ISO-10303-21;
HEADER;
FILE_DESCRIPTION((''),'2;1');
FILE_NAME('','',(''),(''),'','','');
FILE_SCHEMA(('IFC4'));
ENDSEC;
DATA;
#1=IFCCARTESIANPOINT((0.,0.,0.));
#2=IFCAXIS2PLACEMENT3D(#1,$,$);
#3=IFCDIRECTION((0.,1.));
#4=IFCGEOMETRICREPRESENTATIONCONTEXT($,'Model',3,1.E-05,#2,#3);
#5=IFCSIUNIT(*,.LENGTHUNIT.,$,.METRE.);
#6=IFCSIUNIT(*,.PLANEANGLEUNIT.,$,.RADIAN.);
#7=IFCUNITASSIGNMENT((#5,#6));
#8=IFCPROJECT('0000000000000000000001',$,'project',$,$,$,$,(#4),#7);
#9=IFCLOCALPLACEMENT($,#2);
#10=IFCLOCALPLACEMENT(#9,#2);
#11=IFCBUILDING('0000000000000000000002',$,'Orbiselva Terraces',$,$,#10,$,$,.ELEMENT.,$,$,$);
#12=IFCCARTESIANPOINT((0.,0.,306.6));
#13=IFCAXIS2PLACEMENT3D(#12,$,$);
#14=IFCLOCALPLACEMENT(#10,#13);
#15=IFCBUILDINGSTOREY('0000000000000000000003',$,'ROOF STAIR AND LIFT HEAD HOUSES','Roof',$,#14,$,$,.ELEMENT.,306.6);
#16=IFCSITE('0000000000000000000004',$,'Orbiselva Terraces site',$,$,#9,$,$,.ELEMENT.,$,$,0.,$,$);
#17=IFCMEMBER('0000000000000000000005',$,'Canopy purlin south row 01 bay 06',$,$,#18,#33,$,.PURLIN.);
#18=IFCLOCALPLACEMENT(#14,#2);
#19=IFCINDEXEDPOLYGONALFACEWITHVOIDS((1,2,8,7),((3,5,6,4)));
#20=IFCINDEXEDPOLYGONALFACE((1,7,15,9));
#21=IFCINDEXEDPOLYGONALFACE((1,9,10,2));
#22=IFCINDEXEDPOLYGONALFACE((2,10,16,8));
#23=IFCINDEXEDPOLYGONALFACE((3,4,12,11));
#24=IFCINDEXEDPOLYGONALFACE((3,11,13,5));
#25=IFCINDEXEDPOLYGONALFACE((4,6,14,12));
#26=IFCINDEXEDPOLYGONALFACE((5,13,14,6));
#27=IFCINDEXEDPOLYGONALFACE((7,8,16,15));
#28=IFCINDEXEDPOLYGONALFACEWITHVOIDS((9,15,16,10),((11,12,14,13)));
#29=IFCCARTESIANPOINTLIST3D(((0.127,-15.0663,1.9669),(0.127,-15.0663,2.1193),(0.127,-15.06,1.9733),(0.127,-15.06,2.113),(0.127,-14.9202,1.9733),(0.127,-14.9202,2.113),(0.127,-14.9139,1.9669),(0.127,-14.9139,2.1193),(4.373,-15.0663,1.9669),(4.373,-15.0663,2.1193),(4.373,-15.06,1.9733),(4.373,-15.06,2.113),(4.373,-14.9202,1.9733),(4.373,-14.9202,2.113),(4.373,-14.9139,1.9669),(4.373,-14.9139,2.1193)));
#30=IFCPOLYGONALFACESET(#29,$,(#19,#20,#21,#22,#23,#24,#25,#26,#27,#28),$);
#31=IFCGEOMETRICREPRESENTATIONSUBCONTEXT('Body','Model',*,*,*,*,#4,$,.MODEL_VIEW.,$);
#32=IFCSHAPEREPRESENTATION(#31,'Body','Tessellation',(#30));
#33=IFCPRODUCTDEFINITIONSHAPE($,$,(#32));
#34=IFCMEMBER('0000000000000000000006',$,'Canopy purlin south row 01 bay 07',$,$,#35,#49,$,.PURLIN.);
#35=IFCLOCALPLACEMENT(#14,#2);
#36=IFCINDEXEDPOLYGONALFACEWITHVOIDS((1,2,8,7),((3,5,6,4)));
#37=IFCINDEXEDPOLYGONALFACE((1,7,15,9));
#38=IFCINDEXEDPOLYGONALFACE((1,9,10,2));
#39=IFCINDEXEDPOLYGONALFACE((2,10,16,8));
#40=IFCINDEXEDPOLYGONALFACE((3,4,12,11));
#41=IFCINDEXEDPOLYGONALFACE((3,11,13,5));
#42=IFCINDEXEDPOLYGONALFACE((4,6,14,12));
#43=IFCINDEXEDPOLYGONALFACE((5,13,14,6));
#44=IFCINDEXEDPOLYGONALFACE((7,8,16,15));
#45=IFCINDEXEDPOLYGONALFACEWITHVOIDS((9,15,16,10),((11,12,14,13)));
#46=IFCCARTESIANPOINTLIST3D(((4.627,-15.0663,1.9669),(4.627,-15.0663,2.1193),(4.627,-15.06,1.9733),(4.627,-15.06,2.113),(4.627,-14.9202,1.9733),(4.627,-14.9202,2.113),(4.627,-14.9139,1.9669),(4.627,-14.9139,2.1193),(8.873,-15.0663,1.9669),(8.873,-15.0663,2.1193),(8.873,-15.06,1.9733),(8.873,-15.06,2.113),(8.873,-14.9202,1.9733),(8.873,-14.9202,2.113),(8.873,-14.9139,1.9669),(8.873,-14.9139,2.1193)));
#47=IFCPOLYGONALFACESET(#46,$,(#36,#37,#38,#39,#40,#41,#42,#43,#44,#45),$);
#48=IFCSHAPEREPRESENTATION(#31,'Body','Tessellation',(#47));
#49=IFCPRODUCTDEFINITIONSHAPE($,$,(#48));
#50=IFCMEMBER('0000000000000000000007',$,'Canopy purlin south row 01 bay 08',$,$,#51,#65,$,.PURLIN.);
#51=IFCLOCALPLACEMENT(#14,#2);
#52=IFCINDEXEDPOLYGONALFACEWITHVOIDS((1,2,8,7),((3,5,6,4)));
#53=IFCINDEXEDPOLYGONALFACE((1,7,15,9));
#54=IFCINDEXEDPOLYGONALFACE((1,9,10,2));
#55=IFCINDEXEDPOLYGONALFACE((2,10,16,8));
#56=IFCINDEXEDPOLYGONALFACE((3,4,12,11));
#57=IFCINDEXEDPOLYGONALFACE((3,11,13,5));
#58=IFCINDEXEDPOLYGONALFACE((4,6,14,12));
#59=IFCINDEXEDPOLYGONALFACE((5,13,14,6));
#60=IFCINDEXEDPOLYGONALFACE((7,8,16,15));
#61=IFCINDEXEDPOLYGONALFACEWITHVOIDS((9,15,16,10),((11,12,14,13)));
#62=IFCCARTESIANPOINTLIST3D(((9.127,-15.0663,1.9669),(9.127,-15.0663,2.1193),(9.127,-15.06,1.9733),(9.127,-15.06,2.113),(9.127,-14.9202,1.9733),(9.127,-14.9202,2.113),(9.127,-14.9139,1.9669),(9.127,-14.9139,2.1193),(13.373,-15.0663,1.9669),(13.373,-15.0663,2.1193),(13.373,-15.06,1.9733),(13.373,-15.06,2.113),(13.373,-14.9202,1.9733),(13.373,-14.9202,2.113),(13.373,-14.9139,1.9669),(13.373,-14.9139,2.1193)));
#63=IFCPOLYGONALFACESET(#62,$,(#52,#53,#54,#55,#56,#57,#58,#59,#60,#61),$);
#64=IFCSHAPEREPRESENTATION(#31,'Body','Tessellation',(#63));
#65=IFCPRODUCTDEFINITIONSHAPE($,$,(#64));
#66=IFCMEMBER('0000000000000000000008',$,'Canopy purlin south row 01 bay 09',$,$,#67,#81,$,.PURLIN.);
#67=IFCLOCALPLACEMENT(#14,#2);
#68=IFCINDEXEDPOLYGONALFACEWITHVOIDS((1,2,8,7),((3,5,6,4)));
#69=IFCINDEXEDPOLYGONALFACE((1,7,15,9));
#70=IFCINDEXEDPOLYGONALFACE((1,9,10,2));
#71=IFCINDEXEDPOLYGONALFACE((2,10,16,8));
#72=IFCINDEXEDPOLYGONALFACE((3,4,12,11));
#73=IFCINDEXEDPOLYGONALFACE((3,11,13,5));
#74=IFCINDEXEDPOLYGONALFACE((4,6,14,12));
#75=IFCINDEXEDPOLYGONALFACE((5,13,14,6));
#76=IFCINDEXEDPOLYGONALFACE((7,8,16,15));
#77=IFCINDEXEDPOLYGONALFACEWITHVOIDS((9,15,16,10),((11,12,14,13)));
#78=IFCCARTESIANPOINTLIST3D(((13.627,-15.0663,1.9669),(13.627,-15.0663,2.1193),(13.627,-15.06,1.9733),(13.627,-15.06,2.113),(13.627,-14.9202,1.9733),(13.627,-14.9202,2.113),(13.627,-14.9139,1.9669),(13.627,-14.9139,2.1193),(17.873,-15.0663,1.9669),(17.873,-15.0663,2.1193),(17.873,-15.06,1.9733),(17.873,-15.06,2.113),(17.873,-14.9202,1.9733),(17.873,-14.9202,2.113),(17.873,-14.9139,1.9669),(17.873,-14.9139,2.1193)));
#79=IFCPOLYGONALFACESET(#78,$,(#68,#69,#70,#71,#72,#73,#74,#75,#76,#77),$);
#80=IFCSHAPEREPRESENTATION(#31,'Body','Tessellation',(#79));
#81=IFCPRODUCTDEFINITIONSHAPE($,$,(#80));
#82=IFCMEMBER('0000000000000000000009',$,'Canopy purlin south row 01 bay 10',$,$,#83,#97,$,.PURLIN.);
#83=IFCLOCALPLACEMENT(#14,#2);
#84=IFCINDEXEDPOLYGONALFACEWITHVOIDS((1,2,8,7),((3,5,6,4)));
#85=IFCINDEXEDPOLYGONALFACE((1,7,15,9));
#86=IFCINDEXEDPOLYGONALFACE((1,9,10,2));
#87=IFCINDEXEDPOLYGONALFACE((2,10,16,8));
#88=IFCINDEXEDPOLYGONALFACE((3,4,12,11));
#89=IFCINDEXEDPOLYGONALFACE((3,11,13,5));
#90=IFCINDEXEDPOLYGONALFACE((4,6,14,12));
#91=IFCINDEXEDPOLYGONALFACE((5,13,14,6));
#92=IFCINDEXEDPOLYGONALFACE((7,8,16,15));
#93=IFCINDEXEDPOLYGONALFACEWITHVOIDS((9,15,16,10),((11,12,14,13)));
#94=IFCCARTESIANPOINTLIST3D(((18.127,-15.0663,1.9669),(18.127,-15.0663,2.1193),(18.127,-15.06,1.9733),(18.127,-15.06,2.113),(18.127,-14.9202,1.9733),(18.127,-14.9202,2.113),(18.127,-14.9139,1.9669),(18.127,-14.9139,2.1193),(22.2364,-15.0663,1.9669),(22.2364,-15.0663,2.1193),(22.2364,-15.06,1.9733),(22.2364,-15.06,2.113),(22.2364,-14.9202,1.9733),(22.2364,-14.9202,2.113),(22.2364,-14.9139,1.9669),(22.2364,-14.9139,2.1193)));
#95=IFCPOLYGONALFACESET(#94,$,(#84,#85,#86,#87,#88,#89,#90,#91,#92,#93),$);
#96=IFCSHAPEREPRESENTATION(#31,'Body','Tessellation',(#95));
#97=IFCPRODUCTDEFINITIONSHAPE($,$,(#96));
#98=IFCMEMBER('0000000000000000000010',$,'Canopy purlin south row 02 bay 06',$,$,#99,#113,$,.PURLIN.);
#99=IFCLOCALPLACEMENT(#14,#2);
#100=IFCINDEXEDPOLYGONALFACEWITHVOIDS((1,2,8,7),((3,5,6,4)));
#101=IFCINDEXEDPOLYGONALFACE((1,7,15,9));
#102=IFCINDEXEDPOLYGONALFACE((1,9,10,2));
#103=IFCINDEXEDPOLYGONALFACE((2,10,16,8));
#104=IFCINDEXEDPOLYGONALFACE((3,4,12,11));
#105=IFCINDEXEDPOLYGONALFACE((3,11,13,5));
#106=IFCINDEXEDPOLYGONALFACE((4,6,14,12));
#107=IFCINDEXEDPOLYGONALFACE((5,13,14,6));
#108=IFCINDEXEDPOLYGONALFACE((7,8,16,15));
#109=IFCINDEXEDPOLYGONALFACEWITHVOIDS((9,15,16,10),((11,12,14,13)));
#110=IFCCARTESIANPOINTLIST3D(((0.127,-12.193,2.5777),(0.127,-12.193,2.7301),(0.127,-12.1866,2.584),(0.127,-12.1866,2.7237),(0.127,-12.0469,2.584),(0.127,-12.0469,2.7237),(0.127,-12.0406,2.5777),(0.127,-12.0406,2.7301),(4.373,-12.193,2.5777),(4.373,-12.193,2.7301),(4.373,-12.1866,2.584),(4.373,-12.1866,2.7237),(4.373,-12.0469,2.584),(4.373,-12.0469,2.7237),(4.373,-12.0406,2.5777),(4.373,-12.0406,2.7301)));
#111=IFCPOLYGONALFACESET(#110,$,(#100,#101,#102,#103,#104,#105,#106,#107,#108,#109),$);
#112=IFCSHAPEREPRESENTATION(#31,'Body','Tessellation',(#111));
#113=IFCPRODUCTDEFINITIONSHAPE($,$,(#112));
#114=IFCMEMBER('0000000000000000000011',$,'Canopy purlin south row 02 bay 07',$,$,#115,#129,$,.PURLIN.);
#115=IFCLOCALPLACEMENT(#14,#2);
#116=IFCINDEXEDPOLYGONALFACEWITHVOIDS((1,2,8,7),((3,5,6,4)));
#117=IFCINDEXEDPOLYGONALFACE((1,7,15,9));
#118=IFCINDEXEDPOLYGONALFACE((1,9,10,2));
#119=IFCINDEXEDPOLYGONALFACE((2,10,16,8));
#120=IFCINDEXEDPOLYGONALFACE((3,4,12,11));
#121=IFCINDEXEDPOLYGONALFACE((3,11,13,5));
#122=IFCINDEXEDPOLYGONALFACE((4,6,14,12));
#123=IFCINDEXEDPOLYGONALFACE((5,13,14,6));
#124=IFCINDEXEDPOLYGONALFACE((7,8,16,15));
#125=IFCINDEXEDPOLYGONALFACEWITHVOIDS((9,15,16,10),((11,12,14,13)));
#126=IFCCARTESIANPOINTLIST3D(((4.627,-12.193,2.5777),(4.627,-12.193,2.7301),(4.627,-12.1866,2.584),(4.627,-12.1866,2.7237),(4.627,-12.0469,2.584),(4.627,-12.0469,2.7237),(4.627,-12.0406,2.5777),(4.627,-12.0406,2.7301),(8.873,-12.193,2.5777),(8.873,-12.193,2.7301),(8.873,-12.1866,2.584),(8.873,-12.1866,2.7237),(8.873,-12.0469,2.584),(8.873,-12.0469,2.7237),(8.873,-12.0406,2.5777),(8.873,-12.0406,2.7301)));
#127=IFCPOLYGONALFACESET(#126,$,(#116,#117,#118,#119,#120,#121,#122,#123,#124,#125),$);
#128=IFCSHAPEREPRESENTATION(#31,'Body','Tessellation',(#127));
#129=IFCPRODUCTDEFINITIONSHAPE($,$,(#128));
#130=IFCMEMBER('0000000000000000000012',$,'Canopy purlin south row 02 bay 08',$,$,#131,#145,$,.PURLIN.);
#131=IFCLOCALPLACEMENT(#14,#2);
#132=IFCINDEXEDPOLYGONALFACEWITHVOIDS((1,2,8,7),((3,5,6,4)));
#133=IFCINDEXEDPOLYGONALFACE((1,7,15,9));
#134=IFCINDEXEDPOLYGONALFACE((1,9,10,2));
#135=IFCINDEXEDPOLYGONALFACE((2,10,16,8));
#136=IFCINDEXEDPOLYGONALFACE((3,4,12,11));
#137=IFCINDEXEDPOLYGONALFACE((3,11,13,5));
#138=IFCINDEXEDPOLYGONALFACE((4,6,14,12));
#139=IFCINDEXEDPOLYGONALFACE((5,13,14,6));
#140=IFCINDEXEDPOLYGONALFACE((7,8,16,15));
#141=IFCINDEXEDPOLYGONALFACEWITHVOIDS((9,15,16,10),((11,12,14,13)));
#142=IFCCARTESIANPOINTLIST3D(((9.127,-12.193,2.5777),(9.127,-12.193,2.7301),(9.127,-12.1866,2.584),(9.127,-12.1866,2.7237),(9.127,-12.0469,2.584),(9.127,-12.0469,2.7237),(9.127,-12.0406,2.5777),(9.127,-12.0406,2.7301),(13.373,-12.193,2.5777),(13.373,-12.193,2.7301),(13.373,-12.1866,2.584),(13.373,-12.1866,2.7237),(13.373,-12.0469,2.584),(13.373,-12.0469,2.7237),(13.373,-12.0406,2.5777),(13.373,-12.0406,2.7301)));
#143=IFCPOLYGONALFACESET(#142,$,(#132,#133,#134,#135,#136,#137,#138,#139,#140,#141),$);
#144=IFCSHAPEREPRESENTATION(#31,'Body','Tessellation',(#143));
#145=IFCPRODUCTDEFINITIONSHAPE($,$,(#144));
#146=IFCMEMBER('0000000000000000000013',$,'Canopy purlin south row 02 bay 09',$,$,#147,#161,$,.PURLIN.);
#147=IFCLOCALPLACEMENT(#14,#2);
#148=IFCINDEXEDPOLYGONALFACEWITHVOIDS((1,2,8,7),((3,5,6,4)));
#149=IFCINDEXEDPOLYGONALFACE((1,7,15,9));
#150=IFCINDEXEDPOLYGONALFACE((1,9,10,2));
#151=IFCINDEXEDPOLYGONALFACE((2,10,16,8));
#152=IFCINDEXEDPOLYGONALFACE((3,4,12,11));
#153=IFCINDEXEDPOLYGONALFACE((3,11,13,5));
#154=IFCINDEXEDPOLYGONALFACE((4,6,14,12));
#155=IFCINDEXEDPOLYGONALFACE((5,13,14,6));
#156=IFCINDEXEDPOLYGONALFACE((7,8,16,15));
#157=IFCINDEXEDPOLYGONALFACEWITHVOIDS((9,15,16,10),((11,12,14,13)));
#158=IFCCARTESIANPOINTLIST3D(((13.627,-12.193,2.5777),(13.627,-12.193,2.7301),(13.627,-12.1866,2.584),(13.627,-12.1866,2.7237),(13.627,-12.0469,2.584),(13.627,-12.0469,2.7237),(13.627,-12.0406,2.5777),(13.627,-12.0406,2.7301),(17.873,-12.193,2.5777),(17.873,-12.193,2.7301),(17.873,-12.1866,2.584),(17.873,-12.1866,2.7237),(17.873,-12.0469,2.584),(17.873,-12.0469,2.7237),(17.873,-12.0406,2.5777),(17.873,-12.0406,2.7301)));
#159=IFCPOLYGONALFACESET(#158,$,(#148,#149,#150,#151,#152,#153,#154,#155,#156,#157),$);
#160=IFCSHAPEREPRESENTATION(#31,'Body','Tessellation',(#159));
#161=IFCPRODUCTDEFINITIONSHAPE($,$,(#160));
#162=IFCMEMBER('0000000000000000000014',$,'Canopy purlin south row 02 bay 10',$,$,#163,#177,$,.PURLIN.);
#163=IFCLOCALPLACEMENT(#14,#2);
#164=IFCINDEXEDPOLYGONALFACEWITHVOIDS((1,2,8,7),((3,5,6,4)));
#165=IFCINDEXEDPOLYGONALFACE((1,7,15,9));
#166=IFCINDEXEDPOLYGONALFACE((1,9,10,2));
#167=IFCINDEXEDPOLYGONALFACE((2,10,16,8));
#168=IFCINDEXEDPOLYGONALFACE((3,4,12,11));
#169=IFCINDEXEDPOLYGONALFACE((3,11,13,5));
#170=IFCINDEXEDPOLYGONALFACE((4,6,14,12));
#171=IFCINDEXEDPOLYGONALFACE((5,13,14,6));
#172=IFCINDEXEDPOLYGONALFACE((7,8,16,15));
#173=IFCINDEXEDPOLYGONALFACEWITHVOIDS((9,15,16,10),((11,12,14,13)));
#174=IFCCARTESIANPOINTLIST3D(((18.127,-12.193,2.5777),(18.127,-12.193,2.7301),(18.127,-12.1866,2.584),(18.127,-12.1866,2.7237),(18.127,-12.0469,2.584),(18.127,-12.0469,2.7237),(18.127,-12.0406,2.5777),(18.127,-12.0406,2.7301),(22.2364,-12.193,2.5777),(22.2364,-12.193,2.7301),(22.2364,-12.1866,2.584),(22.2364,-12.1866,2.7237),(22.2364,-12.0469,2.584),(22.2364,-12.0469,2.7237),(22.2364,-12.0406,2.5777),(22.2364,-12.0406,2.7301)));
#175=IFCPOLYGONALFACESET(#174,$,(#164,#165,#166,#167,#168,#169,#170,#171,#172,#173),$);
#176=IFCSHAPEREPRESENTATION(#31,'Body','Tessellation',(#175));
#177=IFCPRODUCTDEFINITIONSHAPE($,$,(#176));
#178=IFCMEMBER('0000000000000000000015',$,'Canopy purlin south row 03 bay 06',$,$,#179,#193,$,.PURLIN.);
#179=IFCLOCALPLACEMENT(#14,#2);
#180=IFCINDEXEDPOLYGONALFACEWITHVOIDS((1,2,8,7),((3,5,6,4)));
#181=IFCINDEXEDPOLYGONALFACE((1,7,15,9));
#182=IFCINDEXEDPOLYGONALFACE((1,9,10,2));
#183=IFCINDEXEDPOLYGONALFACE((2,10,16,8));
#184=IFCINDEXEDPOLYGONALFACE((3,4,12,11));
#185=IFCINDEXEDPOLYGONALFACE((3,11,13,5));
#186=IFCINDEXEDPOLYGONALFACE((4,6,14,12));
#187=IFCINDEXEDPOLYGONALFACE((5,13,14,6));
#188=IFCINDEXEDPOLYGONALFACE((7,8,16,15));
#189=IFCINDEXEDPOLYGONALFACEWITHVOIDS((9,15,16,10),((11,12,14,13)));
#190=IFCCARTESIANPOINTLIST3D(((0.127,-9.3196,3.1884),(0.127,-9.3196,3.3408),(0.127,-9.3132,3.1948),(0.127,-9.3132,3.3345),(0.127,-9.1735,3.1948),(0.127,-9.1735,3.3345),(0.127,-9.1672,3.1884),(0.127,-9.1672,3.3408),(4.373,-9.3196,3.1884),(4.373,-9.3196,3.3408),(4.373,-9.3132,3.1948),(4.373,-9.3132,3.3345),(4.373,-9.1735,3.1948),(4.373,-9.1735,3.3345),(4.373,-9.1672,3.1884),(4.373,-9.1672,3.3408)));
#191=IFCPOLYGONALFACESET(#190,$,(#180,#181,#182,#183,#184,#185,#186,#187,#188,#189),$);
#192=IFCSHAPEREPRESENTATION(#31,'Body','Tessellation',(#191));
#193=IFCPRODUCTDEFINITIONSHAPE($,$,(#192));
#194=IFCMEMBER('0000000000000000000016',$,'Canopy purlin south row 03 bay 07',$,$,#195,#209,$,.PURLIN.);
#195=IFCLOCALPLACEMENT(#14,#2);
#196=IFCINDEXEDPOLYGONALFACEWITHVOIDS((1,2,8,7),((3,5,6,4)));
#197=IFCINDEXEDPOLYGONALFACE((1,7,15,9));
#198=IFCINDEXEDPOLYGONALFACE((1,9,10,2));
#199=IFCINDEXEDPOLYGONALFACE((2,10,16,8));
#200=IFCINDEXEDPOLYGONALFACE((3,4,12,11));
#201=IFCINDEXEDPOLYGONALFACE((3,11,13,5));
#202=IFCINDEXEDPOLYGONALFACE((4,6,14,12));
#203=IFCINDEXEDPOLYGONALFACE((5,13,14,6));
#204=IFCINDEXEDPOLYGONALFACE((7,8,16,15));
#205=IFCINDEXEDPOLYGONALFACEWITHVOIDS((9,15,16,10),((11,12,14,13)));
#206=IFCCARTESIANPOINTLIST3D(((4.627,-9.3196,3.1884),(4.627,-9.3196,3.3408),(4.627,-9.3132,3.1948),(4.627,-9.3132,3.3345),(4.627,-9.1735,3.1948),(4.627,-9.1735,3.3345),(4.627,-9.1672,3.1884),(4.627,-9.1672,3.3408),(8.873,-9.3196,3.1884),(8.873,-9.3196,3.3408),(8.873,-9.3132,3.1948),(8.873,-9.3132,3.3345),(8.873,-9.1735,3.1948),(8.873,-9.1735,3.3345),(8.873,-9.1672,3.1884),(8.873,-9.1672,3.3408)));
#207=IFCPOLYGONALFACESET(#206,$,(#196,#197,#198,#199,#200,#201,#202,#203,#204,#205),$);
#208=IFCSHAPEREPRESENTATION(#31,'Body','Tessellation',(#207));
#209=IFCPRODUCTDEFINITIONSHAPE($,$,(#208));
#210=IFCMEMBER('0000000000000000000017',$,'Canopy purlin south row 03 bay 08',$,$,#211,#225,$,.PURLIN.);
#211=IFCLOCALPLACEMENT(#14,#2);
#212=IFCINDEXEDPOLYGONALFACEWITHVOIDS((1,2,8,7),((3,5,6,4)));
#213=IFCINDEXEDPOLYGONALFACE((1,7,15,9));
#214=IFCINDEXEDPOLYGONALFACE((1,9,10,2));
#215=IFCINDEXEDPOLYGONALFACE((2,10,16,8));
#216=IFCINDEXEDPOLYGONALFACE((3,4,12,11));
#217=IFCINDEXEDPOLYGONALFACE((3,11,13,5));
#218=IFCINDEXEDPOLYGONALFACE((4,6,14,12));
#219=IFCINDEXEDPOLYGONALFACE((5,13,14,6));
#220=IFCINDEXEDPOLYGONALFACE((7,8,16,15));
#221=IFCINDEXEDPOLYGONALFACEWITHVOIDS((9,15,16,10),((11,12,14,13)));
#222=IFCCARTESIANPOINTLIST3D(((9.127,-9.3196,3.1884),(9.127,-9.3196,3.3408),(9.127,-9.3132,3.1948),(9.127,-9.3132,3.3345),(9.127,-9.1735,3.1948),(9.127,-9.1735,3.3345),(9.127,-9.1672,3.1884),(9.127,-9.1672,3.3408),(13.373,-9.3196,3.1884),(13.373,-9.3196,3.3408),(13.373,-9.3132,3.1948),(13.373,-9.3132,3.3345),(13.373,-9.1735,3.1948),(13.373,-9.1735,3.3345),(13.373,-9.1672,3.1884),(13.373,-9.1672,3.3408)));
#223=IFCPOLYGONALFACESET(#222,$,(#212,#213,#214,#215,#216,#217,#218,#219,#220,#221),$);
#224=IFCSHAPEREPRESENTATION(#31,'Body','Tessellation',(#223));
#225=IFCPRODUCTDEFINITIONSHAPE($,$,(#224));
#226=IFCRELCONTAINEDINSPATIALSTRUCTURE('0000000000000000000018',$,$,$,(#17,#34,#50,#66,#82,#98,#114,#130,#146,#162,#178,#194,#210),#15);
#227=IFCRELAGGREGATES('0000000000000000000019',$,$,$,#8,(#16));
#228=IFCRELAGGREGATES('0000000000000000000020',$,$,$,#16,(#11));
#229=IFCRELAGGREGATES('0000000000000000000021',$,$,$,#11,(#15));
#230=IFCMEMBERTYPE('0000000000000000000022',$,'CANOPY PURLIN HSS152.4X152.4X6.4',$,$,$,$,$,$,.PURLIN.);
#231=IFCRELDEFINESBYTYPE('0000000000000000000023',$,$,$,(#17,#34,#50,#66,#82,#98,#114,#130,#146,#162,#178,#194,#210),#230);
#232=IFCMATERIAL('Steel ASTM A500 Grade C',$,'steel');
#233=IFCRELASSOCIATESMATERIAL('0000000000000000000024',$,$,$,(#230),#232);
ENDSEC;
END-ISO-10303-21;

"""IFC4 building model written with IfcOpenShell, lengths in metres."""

from ifc_helpers import new_model, si_unit, direction, frame, origin, origin_2d, place, context, subcontext, project, spatial, hollow_rectangle, extrude, material, material_profile, profile_set, type_object, element, save


model = new_model("IFC4")

# Units and contexts
model_context = context("Model", 3, precision=1e-05, world=origin(), true_north=direction((0.0, 1.0)))
body_context = subcontext(model_context, "Body", "Model", "MODEL_VIEW")
ifc_project = project(units=[si_unit("LENGTHUNIT", "METRE"), si_unit("PLANEANGLEUNIT", "RADIAN")], contexts=[model_context])

# Site, building, storey
site_placement = place(None, origin())
site = spatial("IfcSite", under=ifc_project, at=site_placement, Name="Orbiselva Terraces site", CompositionType="ELEMENT", RefElevation=0.0)
building_placement = place(site_placement, origin())
building = spatial("IfcBuilding", under=site, at=building_placement, Name="Orbiselva Terraces", CompositionType="ELEMENT")
storey_placement = place(building_placement, frame((0.0, 0.0, 306.6)))
storey = spatial("IfcBuildingStorey", under=building, at=storey_placement, Name="ROOF STAIR AND LIFT HEAD HOUSES", Description="Roof", CompositionType="ELEMENT", Elevation=306.6)

# Shared definitions
ifc_material = material(Name="Steel ASTM A500 Grade C", Category="steel")

# Members
ifc_material_profile_1 = material_profile(ifc_material, hollow_rectangle(XDim=0.1524, YDim=0.1524, WallThickness=0.0063, at=origin_2d()), Name="HSS152.4X152.4X6.4")
ifc_profile_set_1 = profile_set([ifc_material_profile_1], Name="Steel ASTM A500 Grade C")
member_type_1 = type_object("IfcMemberType", Name="CANOPY PURLIN HSS152.4X152.4X6.4", PredefinedType="PURLIN", material=ifc_profile_set_1)
for number, where, z_axis, x_axis, name in (
    (1, (0.127, -14.9901, 2.0431), (1.0, 0.0, 0.0), (0.0, 1.0, 0.0), "Canopy purlin south row 01 bay 06"),
    (2, (4.627, -14.9901, 2.0431), (1.0, 0.0, 0.0), (0.0, 1.0, 0.0), "Canopy purlin south row 01 bay 07"),
    (3, (9.127, -14.9901, 2.0431), (1.0, 0.0, 0.0), (0.0, 1.0, 0.0), "Canopy purlin south row 01 bay 08"),
    (4, (13.627, -14.9901, 2.0431), (1.0, 0.0, 0.0), (0.0, 1.0, 0.0), "Canopy purlin south row 01 bay 09"),
):
    element("IfcMember", number, at=place(storey_placement, frame(where, z_axis=z_axis, x_axis=x_axis)), inside=storey, type_object=member_type_1, Name=name, PredefinedType="PURLIN", context=body_context, shape_type="SweptSolid", body=[
        extrude(hollow_rectangle(XDim=0.1524, YDim=0.1524, WallThickness=0.0063, at=origin_2d()), origin(), (0.0, 0.0, 1.0), 4.246),
    ])
member_1_placement = place(storey_placement, frame((18.127, -14.9901, 2.0431), z_axis=(1.0, 0.0, 0.0), x_axis=(0.0, 1.0, 0.0)))
element("IfcMember", 5, at=member_1_placement, inside=storey, type_object=member_type_1, Name="Canopy purlin south row 01 bay 10", PredefinedType="PURLIN", context=body_context, shape_type="SweptSolid", body=[
    extrude(hollow_rectangle(XDim=0.1524, YDim=0.1524, WallThickness=0.0063, at=origin_2d()), origin(), (0.0, 0.0, 1.0), 4.1094),
])
for number, where, z_axis, x_axis, name in (
    (6, (0.127, -12.1167, 2.6539), (1.0, 0.0, 0.0), (0.0, 1.0, 0.0), "Canopy purlin south row 02 bay 06"),
    (7, (4.627, -12.1167, 2.6539), (1.0, 0.0, 0.0), (0.0, 1.0, 0.0), "Canopy purlin south row 02 bay 07"),
    (8, (9.127, -12.1167, 2.6539), (1.0, 0.0, 0.0), (0.0, 1.0, 0.0), "Canopy purlin south row 02 bay 08"),
    (9, (13.627, -12.1167, 2.6539), (1.0, 0.0, 0.0), (0.0, 1.0, 0.0), "Canopy purlin south row 02 bay 09"),
):
    element("IfcMember", number, at=place(storey_placement, frame(where, z_axis=z_axis, x_axis=x_axis)), inside=storey, type_object=member_type_1, Name=name, PredefinedType="PURLIN", context=body_context, shape_type="SweptSolid", body=[
        extrude(hollow_rectangle(XDim=0.1524, YDim=0.1524, WallThickness=0.0063, at=origin_2d()), origin(), (0.0, 0.0, 1.0), 4.246),
    ])
member_2_placement = place(storey_placement, frame((18.127, -12.1167, 2.6539), z_axis=(1.0, 0.0, 0.0), x_axis=(0.0, 1.0, 0.0)))
element("IfcMember", 10, at=member_2_placement, inside=storey, type_object=member_type_1, Name="Canopy purlin south row 02 bay 10", PredefinedType="PURLIN", context=body_context, shape_type="SweptSolid", body=[
    extrude(hollow_rectangle(XDim=0.1524, YDim=0.1524, WallThickness=0.0063, at=origin_2d()), origin(), (0.0, 0.0, 1.0), 4.1094),
])
for number, where, z_axis, x_axis, name in (
    (11, (0.127, -9.2434, 3.2646), (1.0, 0.0, 0.0), (0.0, 1.0, 0.0), "Canopy purlin south row 03 bay 06"),
    (12, (4.627, -9.2434, 3.2646), (1.0, 0.0, 0.0), (0.0, 1.0, 0.0), "Canopy purlin south row 03 bay 07"),
    (13, (9.127, -9.2434, 3.2646), (1.0, 0.0, 0.0), (0.0, 1.0, 0.0), "Canopy purlin south row 03 bay 08"),
):
    element("IfcMember", number, at=place(storey_placement, frame(where, z_axis=z_axis, x_axis=x_axis)), inside=storey, type_object=member_type_1, Name=name, PredefinedType="PURLIN", context=body_context, shape_type="SweptSolid", body=[
        extrude(hollow_rectangle(XDim=0.1524, YDim=0.1524, WallThickness=0.0063, at=origin_2d()), origin(), (0.0, 0.0, 1.0), 4.246),
    ])

save(model, "model.ifc")
